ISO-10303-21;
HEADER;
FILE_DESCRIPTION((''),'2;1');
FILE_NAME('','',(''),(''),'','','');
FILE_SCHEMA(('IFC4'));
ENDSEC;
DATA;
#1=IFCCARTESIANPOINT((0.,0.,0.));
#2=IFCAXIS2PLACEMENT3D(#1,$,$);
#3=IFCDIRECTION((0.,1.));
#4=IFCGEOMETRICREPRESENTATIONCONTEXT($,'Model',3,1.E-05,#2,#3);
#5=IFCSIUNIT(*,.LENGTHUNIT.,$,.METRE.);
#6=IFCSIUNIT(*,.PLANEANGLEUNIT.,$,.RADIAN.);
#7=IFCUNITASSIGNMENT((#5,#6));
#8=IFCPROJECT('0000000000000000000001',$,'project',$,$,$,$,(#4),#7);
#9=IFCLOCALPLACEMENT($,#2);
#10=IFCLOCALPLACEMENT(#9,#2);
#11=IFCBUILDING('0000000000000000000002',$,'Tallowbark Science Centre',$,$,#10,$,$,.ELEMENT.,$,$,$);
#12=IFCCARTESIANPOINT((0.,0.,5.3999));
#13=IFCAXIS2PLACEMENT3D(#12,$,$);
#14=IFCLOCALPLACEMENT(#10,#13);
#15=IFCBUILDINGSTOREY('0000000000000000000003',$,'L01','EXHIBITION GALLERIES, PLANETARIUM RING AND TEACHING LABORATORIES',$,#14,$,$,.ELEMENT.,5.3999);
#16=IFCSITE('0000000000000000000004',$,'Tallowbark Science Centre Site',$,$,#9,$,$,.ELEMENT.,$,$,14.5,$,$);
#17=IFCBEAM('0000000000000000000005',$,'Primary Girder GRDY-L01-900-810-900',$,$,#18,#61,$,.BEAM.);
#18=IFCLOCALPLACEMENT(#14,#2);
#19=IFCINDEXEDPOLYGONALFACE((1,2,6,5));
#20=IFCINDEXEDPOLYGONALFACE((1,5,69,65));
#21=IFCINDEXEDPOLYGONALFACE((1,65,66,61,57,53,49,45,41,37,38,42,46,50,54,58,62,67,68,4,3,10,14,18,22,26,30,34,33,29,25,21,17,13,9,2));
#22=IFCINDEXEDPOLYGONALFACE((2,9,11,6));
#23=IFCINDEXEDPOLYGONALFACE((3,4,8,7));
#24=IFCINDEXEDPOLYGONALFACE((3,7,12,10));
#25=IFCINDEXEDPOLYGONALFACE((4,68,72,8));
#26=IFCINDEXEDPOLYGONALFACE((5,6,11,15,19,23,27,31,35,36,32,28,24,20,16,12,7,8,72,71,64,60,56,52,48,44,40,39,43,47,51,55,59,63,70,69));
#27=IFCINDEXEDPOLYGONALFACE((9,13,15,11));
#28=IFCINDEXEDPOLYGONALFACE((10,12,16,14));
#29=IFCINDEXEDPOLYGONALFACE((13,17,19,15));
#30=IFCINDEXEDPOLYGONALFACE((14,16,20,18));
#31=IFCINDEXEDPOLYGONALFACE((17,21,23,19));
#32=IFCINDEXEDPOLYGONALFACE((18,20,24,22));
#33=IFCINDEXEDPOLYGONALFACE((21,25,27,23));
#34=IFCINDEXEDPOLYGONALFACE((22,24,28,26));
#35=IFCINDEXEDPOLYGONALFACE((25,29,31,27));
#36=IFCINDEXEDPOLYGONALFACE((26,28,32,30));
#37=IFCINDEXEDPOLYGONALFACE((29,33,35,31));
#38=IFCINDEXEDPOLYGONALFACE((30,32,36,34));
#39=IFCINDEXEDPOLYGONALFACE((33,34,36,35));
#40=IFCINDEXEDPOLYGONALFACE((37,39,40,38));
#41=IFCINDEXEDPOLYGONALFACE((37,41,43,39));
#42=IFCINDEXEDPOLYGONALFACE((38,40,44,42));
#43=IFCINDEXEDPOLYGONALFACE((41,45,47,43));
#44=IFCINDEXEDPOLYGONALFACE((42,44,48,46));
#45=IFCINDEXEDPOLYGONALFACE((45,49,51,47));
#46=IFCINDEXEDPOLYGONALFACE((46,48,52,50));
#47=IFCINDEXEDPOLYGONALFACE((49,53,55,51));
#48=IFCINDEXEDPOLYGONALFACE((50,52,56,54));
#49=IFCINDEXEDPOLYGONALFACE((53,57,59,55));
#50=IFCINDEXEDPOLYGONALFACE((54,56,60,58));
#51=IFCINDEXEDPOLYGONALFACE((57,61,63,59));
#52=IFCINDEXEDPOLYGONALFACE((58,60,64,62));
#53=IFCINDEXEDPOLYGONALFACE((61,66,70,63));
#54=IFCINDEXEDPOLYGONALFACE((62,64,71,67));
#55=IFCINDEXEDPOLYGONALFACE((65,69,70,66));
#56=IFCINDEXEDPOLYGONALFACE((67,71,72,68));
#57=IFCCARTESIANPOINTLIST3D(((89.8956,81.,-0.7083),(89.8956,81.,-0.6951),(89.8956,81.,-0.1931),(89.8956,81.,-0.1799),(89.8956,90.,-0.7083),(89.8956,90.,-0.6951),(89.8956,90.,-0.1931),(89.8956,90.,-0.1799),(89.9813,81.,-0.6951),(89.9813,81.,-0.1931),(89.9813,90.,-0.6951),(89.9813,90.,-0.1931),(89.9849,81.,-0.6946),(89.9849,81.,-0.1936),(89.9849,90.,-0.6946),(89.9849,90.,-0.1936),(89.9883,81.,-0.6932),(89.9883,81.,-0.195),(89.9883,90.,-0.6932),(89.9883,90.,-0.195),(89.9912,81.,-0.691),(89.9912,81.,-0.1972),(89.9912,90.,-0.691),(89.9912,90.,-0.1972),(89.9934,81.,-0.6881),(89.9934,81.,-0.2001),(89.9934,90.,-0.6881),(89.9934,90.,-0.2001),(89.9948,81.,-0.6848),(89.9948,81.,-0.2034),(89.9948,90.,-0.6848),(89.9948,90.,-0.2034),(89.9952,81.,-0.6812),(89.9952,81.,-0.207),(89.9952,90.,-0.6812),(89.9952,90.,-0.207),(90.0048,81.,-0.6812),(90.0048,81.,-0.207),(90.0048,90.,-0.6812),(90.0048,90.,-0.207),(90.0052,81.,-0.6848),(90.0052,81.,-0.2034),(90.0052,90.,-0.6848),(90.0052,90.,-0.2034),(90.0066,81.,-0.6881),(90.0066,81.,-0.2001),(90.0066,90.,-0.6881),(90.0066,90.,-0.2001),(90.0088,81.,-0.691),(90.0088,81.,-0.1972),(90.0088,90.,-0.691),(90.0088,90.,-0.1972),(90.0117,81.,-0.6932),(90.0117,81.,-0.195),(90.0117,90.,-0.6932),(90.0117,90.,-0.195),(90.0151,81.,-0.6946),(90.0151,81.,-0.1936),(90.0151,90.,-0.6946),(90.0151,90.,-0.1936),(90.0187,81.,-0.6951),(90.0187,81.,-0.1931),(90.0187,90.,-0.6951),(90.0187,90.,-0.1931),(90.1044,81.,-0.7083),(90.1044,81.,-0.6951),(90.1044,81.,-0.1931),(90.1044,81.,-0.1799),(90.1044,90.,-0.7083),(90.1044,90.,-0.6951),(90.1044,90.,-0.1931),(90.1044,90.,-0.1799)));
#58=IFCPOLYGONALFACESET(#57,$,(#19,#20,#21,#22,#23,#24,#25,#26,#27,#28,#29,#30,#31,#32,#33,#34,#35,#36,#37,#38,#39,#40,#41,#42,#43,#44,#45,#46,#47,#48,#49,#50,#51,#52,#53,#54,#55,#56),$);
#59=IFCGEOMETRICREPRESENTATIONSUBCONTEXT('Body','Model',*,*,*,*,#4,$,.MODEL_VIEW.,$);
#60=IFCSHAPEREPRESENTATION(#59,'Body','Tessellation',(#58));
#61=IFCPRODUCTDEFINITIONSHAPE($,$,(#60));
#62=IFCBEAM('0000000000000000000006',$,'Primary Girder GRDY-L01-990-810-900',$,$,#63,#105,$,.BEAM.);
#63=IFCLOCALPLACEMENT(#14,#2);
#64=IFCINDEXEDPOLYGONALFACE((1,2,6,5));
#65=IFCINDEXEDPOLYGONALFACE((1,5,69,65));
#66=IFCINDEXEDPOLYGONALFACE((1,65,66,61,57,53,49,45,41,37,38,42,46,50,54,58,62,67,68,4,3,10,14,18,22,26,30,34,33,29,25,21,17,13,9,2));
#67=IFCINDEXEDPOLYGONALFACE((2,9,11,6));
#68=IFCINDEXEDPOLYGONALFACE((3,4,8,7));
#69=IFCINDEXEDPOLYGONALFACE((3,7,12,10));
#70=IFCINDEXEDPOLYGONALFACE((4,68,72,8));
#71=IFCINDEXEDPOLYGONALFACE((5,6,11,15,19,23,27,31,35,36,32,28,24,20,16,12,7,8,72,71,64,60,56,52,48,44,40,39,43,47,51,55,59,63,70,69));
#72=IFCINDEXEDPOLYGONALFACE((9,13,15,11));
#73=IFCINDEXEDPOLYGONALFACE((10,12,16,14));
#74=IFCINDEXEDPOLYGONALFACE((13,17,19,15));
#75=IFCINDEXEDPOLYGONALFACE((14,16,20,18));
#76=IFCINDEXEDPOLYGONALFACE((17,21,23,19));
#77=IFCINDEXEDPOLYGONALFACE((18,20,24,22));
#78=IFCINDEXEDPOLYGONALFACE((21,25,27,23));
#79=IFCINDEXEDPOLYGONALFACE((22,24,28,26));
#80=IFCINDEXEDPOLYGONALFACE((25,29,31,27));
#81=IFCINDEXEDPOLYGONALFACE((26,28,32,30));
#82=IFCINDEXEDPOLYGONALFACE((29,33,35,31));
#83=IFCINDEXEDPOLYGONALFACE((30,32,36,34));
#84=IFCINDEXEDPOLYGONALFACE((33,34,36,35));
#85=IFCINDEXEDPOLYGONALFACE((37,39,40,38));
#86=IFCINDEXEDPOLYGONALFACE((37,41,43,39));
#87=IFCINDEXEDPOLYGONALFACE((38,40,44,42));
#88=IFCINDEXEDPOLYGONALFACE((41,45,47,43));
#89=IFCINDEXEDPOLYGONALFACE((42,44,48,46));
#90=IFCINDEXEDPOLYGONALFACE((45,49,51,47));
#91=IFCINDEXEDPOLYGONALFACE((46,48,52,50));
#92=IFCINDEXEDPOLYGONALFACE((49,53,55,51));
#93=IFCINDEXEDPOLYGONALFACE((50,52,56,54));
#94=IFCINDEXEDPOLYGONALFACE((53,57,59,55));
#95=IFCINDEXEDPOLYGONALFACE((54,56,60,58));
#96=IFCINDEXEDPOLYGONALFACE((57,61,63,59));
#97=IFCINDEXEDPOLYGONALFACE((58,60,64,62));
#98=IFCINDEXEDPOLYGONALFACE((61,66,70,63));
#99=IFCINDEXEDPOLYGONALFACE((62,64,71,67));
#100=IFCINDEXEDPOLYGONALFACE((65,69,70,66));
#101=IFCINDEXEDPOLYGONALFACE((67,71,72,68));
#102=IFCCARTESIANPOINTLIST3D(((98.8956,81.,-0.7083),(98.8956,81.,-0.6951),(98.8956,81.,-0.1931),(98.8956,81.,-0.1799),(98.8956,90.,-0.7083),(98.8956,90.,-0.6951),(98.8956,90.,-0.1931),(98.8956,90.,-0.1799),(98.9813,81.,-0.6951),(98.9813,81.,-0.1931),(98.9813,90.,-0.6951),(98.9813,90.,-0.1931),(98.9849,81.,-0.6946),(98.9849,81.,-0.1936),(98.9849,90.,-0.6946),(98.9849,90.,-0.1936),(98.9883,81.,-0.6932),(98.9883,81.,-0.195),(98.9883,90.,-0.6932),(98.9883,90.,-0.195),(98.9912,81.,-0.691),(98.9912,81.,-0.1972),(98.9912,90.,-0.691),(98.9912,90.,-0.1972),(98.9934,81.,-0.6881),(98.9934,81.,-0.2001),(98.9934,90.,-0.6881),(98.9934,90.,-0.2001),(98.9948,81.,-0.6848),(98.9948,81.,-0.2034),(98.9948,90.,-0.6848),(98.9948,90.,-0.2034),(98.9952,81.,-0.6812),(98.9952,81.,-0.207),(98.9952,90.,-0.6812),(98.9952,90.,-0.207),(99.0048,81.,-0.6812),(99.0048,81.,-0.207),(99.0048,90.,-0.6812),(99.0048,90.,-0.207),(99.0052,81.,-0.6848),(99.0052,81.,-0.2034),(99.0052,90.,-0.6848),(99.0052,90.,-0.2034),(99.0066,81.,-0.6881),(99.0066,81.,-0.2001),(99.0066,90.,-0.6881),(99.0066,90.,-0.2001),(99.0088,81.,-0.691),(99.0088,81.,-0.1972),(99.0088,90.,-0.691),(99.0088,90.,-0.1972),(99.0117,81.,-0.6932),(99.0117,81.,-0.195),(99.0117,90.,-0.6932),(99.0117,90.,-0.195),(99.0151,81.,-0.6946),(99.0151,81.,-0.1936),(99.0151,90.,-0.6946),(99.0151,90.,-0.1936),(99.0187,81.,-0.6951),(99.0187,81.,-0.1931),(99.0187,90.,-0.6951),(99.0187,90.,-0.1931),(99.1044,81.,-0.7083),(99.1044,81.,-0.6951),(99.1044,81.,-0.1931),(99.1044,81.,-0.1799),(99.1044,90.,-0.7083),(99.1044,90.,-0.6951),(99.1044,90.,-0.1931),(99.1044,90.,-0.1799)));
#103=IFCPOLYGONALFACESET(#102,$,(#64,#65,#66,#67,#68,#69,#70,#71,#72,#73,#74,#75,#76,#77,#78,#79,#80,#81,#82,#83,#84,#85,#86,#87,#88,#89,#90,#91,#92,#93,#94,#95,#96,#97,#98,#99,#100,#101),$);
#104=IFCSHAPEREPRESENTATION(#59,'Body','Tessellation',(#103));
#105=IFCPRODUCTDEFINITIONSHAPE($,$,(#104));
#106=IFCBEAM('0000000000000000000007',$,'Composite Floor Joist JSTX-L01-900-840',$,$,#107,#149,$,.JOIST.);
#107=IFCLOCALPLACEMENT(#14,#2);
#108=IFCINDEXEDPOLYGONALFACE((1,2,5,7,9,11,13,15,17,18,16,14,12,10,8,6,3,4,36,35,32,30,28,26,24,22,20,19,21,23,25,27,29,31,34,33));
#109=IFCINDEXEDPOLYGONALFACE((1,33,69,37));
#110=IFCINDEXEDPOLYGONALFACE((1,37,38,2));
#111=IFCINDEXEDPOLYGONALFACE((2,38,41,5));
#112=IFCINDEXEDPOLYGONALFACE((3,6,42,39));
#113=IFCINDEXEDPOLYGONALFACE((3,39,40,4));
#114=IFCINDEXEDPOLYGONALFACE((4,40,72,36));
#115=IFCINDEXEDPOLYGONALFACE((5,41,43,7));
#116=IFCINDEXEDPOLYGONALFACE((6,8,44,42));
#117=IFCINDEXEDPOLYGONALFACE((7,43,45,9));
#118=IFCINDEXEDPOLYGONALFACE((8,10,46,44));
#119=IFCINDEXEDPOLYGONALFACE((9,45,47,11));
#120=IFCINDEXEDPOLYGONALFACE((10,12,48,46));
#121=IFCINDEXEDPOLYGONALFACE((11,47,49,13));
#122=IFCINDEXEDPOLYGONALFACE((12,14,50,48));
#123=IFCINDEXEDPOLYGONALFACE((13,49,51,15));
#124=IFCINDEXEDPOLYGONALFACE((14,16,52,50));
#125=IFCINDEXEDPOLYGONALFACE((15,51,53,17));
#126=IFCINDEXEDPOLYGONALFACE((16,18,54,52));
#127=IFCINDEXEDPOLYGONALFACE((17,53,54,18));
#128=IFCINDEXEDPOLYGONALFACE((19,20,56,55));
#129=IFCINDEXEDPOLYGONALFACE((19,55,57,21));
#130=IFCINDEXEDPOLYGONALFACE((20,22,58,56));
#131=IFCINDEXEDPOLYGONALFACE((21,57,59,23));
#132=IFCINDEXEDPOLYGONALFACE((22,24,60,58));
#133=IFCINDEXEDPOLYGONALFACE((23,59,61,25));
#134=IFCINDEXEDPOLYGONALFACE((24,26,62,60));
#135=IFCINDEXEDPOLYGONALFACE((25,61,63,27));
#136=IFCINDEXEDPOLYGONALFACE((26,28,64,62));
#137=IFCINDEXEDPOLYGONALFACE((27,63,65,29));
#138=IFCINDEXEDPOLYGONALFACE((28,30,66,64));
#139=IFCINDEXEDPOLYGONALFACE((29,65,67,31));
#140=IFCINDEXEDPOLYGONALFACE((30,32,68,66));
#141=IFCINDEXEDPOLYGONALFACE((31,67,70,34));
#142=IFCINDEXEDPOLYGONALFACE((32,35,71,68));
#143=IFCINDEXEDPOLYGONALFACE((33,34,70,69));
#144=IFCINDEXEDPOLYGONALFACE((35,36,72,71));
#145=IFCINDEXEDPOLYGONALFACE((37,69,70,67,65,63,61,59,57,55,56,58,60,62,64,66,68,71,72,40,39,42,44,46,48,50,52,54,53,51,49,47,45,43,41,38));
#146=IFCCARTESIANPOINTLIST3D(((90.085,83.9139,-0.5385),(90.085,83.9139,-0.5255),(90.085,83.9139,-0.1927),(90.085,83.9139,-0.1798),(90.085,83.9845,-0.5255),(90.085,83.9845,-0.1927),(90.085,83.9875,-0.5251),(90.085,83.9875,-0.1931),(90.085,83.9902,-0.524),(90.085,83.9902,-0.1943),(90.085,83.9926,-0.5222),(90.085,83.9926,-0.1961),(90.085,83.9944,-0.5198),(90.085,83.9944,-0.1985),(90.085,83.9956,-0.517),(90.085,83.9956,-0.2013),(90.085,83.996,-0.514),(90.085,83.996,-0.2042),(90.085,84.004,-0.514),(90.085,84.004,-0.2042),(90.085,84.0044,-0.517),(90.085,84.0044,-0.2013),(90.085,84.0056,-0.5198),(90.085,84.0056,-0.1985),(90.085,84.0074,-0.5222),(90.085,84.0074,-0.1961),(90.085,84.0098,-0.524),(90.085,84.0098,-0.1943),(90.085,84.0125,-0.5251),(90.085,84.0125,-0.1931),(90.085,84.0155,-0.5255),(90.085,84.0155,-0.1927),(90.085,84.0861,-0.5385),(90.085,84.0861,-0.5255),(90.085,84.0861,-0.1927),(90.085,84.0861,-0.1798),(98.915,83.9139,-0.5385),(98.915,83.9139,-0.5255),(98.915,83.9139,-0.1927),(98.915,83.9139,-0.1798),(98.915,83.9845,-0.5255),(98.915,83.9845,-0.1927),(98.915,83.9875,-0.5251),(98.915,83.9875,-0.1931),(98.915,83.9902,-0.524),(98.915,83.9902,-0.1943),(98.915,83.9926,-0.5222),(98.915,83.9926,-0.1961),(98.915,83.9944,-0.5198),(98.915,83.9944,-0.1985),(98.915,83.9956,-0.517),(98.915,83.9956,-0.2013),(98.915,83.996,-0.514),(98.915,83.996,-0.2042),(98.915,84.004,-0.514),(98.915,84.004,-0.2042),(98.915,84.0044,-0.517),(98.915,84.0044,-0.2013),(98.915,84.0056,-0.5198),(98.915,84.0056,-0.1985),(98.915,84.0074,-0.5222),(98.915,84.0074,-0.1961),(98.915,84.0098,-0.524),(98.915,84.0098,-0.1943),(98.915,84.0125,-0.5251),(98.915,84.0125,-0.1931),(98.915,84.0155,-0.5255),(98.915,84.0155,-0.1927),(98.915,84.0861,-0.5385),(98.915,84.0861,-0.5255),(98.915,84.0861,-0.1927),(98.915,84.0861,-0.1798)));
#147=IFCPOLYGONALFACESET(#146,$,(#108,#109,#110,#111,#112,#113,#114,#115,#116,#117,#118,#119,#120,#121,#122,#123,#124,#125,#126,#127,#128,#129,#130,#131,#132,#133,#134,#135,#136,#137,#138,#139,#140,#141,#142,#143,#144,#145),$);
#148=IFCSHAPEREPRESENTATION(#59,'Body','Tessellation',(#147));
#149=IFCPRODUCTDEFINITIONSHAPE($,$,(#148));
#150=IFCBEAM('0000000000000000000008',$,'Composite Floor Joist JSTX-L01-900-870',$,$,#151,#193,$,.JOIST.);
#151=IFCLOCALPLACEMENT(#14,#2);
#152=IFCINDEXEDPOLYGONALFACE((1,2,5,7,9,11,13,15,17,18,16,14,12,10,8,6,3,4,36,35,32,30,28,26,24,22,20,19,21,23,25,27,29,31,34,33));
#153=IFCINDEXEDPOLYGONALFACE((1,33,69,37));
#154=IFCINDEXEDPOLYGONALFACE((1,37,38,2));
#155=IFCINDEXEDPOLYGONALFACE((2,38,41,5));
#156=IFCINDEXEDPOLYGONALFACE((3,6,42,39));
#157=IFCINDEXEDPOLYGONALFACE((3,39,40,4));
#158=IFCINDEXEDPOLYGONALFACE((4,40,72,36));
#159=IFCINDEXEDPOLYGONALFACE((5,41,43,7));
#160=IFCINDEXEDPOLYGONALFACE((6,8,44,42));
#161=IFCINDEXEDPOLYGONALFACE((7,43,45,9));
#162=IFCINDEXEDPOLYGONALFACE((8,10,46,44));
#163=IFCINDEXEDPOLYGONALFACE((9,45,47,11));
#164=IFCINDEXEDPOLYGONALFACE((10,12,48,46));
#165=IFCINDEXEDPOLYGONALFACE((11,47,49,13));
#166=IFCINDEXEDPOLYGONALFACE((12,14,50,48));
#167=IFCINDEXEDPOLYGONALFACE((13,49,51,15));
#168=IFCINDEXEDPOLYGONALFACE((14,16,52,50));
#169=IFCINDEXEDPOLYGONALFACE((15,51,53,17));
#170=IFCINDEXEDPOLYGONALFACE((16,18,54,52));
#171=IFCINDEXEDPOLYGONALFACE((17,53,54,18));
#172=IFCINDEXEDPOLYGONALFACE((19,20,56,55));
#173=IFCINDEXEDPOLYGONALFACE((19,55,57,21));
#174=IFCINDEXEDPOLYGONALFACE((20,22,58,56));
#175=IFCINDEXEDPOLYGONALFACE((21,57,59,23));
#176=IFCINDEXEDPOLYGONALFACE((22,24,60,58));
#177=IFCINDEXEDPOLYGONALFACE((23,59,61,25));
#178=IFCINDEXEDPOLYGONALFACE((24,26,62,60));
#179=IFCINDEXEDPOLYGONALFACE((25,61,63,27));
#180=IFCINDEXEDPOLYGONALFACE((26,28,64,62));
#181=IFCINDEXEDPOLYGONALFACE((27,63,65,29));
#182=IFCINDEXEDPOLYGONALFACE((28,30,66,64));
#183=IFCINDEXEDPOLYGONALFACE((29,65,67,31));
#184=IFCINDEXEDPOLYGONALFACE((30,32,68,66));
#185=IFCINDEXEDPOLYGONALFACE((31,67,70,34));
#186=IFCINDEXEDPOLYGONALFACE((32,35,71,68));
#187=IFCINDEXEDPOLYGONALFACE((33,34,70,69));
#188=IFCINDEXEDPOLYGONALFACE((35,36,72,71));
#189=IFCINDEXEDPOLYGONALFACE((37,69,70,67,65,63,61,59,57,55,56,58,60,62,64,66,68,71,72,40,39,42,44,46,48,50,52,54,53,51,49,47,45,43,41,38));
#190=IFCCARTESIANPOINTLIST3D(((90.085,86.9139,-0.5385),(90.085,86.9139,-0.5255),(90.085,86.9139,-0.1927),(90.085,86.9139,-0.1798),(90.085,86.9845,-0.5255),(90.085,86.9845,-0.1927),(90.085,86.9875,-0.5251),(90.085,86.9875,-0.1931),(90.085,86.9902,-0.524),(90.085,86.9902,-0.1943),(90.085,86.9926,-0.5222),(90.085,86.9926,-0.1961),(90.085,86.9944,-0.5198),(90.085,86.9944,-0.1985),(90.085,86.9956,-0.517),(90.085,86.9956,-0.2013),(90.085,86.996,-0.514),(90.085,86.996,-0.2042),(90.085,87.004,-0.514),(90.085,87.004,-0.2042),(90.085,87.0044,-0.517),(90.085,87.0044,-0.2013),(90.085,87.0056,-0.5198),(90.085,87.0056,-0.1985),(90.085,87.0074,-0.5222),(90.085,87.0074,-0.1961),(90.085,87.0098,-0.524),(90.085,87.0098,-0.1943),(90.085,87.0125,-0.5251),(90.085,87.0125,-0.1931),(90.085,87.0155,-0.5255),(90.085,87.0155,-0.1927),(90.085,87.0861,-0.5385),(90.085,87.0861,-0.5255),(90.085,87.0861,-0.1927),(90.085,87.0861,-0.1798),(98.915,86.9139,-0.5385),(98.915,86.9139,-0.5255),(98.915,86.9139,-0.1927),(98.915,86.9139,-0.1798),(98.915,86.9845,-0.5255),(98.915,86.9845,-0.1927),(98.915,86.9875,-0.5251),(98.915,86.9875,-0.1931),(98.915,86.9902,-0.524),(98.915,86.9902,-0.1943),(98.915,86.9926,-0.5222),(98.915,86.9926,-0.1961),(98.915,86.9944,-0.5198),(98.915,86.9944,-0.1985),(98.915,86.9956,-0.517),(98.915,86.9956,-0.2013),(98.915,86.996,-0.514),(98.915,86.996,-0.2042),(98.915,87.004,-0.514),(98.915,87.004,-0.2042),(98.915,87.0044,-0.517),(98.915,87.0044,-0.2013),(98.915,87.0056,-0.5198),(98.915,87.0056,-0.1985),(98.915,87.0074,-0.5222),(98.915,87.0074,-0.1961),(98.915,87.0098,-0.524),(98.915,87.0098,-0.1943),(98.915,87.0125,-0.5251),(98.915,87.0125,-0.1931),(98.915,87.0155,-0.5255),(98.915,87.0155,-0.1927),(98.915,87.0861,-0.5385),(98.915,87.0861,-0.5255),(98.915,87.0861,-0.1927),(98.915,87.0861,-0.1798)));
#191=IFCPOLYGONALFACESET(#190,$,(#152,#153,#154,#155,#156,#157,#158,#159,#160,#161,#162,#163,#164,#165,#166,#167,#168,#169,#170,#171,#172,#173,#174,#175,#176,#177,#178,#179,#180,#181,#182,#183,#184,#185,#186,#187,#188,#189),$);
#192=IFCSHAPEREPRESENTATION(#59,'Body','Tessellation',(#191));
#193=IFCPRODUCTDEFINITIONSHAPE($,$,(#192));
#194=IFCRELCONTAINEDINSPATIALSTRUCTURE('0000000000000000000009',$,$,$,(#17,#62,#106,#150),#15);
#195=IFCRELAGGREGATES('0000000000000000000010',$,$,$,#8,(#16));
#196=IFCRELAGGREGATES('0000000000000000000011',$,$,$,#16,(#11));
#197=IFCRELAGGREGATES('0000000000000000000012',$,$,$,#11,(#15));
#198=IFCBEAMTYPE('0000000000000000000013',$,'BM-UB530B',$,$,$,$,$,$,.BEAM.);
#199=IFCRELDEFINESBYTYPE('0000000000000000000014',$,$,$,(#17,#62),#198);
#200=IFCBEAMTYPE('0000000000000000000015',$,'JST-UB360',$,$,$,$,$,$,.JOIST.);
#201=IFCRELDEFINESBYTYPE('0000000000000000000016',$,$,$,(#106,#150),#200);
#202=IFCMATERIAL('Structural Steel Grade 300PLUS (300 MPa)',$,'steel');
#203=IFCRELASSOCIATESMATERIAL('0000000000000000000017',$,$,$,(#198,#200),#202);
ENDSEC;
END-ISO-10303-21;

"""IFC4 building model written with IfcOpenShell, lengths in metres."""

from ifc_helpers import new_model, si_unit, direction, frame, origin, origin_2d, place, context, subcontext, project, spatial, i_section, extrude, material, material_profile, profile_set, type_object, element, save


model = new_model("IFC4")

# Units and contexts
model_context = context("Model", 3, precision=1e-05, world=origin(), true_north=direction((0.0, 1.0)))
body_context = subcontext(model_context, "Body", "Model", "MODEL_VIEW")
ifc_project = project(units=[si_unit("LENGTHUNIT", "METRE"), si_unit("PLANEANGLEUNIT", "RADIAN")], contexts=[model_context])

# Site, building, storey
site_placement = place(None, origin())
site = spatial("IfcSite", under=ifc_project, at=site_placement, Name="Tallowbark Science Centre Site", CompositionType="ELEMENT", RefElevation=14.5)
building_placement = place(site_placement, origin())
building = spatial("IfcBuilding", under=site, at=building_placement, Name="Tallowbark Science Centre", CompositionType="ELEMENT")
storey_placement = place(building_placement, frame((0.0, 0.0, 5.3999)))
storey = spatial("IfcBuildingStorey", under=building, at=storey_placement, Name="L01", Description="EXHIBITION GALLERIES, PLANETARIUM RING AND TEACHING LABORATORIES", CompositionType="ELEMENT", Elevation=5.3999)

# Shared definitions
ifc_material_1 = material(Name="Structural Steel Grade 300PLUS (300 MPa)", Category="steel")

# Beams
ifc_material_profile_1 = material_profile(ifc_material_1, i_section(OverallWidth=0.2087, OverallDepth=0.5283, WebThickness=0.0095, FlangeThickness=0.0132, FilletRadius=0.0139, at=origin_2d()), Name="530UB82.0")
ifc_profile_set_1 = profile_set([ifc_material_profile_1], Name="Structural Steel Grade 300PLUS (300 MPa)")
beam_type_1 = type_object("IfcBeamType", Name="BM-UB530B", PredefinedType="BEAM", material=ifc_profile_set_1)
for number, where, z_axis, x_axis, name in (
    (1, (90.0, 81.0, -0.4441), (0.0, 1.0, 0.0), (-1.0, 0.0, 0.0), "Primary Girder GRDY-L01-900-810-900"),
    (2, (99.0, 81.0, -0.4441), (0.0, 1.0, 0.0), (-1.0, 0.0, 0.0), "Primary Girder GRDY-L01-990-810-900"),
):
    element("IfcBeam", number, at=place(storey_placement, frame(where, z_axis=z_axis, x_axis=x_axis)), inside=storey, type_object=beam_type_1, Name=name, PredefinedType="BEAM", context=body_context, shape_type="SweptSolid", body=[
        extrude(i_section(OverallWidth=0.2087, OverallDepth=0.5283, WebThickness=0.0095, FlangeThickness=0.0132, FilletRadius=0.0139, at=origin_2d()), origin(), (0.0, 0.0, 1.0), 9.0),
    ])
ifc_material_profile_2 = material_profile(ifc_material_1, i_section(OverallWidth=0.1721, OverallDepth=0.3586, WebThickness=0.0081, FlangeThickness=0.0129, FilletRadius=0.0115, at=origin_2d()), Name="360UB56.7")
ifc_profile_set_2 = profile_set([ifc_material_profile_2], Name="Structural Steel Grade 300PLUS (300 MPa)")
beam_type_2 = type_object("IfcBeamType", Name="JST-UB360", PredefinedType="JOIST", material=ifc_profile_set_2)
for number, where, z_axis, x_axis, name in (
    (3, (90.085, 84.0, -0.3591), (1.0, 0.0, 0.0), (0.0, 1.0, 0.0), "Composite Floor Joist JSTX-L01-900-840"),
    (4, (90.085, 87.0, -0.3591), (1.0, 0.0, 0.0), (0.0, 1.0, 0.0), "Composite Floor Joist JSTX-L01-900-870"),
):
    element("IfcBeam", number, at=place(storey_placement, frame(where, z_axis=z_axis, x_axis=x_axis)), inside=storey, type_object=beam_type_2, Name=name, PredefinedType="JOIST", context=body_context, shape_type="SweptSolid", body=[
        extrude(i_section(OverallWidth=0.1721, OverallDepth=0.3586, WebThickness=0.0081, FlangeThickness=0.0129, FilletRadius=0.0115, at=origin_2d()), origin(), (0.0, 0.0, 1.0), 8.8301),
    ])

save(model, "model.ifc")
